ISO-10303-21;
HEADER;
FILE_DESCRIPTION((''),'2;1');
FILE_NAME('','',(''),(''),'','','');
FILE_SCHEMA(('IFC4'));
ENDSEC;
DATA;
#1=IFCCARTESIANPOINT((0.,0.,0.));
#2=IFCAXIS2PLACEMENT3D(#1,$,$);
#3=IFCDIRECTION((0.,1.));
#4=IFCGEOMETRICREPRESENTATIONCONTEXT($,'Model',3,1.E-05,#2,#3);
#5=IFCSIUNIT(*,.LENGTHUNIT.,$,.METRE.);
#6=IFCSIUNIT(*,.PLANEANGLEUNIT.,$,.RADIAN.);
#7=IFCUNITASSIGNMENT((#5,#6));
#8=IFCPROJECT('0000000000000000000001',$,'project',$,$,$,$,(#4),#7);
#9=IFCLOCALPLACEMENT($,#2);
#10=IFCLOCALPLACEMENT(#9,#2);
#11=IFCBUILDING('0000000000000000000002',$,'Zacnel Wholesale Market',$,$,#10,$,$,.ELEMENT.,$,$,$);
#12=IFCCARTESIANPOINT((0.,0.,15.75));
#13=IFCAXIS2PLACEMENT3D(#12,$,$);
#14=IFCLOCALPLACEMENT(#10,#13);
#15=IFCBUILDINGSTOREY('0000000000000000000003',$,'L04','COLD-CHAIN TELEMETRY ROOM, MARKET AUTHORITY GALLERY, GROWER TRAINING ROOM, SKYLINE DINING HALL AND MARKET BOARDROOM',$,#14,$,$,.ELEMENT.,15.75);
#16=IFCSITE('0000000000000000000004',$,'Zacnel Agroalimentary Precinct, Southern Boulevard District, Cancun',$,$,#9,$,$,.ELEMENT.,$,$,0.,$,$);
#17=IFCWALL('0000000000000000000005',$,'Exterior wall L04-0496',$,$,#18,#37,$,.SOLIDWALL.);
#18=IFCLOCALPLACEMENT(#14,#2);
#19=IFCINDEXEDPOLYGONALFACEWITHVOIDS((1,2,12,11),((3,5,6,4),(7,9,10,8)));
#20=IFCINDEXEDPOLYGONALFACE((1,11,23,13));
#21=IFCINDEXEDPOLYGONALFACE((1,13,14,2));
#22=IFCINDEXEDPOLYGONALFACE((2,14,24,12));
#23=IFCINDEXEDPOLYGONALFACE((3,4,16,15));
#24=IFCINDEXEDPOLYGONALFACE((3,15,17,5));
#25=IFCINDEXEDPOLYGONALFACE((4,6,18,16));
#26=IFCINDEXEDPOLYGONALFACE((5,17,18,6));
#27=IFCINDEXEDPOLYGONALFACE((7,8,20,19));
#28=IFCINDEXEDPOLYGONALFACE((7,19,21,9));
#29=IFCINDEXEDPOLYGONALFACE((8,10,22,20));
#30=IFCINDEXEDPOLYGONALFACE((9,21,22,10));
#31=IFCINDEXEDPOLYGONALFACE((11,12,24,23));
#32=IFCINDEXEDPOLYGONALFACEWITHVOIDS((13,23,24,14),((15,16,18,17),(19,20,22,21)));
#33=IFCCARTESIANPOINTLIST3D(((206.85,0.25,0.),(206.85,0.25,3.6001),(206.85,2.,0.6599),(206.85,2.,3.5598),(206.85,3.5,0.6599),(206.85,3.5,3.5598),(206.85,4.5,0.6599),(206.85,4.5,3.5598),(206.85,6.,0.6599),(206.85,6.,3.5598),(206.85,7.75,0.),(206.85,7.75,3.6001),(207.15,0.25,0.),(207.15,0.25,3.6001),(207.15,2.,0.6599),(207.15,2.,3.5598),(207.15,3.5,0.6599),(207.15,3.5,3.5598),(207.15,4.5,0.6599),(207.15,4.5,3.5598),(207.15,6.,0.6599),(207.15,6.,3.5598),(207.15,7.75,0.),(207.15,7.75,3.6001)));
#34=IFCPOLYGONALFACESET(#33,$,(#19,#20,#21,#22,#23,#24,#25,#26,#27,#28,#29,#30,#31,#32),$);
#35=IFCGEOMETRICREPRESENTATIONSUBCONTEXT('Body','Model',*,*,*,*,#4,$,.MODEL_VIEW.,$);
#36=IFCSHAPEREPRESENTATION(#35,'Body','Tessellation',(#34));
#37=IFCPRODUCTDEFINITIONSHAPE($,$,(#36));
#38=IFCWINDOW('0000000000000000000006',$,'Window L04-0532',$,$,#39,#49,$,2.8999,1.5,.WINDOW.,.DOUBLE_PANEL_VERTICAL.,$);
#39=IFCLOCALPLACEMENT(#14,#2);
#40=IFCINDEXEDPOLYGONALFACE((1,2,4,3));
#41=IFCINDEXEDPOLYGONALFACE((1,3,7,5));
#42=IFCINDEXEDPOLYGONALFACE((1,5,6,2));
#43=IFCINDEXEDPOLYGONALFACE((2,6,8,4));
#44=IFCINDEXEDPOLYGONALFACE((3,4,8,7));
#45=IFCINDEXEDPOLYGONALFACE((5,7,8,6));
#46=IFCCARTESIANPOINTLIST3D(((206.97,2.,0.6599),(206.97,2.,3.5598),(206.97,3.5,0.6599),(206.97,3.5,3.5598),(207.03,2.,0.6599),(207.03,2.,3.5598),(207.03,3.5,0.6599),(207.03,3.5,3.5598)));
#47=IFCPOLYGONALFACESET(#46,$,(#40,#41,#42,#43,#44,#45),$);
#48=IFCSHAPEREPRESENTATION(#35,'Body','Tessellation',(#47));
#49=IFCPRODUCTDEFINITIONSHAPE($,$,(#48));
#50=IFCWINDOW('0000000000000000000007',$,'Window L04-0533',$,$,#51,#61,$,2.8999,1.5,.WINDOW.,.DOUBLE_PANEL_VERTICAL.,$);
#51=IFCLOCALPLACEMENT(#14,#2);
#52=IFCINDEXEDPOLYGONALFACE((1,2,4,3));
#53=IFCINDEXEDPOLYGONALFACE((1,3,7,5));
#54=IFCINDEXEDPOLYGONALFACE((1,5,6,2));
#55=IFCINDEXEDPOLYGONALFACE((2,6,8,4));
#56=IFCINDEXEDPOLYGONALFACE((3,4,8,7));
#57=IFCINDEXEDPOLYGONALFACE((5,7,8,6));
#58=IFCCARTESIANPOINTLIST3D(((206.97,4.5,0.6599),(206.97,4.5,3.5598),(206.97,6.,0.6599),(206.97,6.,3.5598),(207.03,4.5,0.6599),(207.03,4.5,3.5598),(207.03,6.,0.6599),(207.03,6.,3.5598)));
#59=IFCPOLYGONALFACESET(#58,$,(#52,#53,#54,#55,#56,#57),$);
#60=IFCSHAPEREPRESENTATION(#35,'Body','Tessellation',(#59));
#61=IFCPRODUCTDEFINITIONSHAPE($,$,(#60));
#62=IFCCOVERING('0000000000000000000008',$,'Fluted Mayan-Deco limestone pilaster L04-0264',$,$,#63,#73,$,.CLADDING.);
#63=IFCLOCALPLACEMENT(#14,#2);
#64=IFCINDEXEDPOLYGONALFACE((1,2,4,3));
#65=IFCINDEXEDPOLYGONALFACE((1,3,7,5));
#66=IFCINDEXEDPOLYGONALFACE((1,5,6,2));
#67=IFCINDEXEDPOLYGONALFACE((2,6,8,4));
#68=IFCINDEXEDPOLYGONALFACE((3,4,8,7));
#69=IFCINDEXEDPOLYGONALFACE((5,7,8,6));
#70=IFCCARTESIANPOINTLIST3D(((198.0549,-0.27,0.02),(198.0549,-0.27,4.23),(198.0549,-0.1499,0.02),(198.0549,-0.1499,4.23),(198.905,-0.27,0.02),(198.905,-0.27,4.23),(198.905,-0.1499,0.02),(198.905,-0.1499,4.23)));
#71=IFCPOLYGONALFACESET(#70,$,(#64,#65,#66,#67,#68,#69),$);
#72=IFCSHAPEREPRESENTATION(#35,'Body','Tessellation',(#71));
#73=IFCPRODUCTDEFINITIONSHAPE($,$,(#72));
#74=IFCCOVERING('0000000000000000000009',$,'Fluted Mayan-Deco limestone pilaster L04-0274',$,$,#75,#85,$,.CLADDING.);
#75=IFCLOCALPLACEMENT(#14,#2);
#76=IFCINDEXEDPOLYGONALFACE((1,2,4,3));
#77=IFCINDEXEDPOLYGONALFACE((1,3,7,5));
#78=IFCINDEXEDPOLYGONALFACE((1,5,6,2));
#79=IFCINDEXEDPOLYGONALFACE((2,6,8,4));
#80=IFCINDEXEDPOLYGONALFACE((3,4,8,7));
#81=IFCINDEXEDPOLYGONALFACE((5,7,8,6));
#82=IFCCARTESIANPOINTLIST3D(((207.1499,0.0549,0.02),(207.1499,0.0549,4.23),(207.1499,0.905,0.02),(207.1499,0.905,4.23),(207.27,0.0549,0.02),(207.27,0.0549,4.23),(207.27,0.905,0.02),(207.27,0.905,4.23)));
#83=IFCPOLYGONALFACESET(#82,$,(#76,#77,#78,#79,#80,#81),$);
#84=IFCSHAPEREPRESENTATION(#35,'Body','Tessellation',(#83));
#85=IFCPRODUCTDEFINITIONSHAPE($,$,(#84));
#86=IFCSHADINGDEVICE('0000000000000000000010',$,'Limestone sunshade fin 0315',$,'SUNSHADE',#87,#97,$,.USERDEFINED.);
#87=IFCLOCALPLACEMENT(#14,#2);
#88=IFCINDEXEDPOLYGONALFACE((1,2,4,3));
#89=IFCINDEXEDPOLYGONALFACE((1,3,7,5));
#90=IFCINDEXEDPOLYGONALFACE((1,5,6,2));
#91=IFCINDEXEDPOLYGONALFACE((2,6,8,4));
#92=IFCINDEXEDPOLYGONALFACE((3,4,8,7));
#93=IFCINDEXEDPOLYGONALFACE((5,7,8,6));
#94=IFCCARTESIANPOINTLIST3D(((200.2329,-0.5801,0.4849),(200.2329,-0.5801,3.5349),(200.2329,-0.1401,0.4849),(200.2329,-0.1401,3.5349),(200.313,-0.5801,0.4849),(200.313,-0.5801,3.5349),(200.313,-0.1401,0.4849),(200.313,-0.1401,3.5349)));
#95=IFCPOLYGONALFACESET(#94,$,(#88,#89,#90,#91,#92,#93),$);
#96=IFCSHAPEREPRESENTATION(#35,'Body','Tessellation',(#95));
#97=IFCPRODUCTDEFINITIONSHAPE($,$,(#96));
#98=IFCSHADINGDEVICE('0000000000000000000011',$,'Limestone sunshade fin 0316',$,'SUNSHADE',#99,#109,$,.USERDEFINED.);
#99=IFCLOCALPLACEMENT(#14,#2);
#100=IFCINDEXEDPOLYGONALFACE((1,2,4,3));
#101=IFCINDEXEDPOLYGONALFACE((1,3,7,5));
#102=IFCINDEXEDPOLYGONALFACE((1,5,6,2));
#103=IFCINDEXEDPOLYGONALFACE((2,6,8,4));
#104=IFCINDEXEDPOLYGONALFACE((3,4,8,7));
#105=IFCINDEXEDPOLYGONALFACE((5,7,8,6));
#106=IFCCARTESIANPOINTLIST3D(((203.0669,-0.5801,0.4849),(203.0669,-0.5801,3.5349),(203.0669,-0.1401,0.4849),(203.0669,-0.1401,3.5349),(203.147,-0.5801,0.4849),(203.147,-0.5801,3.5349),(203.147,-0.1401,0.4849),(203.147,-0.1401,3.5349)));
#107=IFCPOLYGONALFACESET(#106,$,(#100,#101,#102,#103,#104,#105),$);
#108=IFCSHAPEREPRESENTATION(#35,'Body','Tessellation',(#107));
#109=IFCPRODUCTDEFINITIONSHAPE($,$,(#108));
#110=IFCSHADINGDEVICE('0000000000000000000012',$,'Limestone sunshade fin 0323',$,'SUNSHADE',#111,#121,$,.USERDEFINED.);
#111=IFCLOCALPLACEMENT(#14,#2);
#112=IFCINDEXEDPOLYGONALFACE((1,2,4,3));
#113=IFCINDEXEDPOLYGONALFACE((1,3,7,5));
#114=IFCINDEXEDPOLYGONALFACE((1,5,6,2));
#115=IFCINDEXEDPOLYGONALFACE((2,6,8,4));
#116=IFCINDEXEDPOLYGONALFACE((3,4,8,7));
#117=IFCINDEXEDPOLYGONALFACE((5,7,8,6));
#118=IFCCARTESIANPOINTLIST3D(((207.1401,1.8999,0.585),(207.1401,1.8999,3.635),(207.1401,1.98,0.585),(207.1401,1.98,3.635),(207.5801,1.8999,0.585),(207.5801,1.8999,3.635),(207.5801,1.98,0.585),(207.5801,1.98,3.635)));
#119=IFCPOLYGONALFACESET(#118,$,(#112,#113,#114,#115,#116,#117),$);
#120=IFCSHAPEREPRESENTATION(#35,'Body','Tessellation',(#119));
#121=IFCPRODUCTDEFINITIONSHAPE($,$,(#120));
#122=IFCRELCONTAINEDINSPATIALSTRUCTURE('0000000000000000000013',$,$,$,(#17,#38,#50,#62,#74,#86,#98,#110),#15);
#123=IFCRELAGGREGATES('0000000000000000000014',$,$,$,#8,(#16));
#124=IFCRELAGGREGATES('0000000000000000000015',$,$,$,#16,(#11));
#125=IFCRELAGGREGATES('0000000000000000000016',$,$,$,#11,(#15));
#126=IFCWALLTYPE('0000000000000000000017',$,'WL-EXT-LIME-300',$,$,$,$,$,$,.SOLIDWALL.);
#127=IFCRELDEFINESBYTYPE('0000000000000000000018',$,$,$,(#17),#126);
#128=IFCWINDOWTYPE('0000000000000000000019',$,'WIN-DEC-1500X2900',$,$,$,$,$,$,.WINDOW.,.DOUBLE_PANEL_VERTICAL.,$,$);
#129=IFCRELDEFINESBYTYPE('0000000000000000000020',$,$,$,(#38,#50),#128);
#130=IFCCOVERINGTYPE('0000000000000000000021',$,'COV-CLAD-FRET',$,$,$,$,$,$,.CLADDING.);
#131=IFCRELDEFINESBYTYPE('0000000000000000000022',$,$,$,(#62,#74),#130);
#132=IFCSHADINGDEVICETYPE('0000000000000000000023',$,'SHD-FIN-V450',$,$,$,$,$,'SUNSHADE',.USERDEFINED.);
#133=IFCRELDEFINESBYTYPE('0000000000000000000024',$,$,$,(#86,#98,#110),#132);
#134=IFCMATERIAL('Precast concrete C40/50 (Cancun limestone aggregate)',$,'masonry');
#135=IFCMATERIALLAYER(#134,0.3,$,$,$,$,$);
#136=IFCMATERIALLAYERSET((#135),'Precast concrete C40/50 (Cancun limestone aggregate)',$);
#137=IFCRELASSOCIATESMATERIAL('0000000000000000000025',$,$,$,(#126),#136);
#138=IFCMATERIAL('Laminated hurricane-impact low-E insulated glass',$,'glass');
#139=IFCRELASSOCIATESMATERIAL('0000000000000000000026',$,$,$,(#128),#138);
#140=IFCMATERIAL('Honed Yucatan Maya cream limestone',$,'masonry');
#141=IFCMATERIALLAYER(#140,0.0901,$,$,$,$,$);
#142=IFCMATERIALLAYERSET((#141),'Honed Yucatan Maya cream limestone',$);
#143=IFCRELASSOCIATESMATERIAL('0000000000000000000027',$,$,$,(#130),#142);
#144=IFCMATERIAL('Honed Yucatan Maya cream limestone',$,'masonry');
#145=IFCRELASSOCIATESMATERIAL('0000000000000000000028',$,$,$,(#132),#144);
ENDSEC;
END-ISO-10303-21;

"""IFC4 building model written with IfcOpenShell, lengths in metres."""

from ifc_helpers import new_model, si_unit, direction, frame, frame_2d, origin, origin_2d, place, context, subcontext, project, spatial, rectangle, extrude, material, layer, layer_set, type_object, element, fill, save


model = new_model("IFC4")

# Units and contexts
model_context = context("Model", 3, precision=1e-05, world=origin(), true_north=direction((0.0, 1.0)))
body_context = subcontext(model_context, "Body", "Model", "MODEL_VIEW")
ifc_project = project(units=[si_unit("LENGTHUNIT", "METRE"), si_unit("PLANEANGLEUNIT", "RADIAN")], contexts=[model_context])

# Site, building, storey
site_placement = place(None, origin())
site = spatial("IfcSite", under=ifc_project, at=site_placement, Name="Zacnel Agroalimentary Precinct, Southern Boulevard District, Cancun", CompositionType="ELEMENT", RefElevation=0.0)
building_placement = place(site_placement, origin())
building = spatial("IfcBuilding", under=site, at=building_placement, Name="Zacnel Wholesale Market", CompositionType="ELEMENT")
storey_placement = place(building_placement, frame((0.0, 0.0, 15.75)))
storey = spatial("IfcBuildingStorey", under=building, at=storey_placement, Name="L04", Description="COLD-CHAIN TELEMETRY ROOM, MARKET AUTHORITY GALLERY, GROWER TRAINING ROOM, SKYLINE DINING HALL AND MARKET BOARDROOM", CompositionType="ELEMENT", Elevation=15.75)

# Wall, openings, windows
ifc_material_1 = material(Name="Precast concrete C40/50 (Cancun limestone aggregate)", Category="masonry")
ifc_layer_1 = layer(ifc_material_1, 0.3)
ifc_layer_set_1 = layer_set([ifc_layer_1], Name="Precast concrete C40/50 (Cancun limestone aggregate)")
wall_type = type_object("IfcWallType", Name="WL-EXT-LIME-300", PredefinedType="SOLIDWALL", material=ifc_layer_set_1)
ifc_material_2 = material(Name="Laminated hurricane-impact low-E insulated glass", Category="glass")
window_type = type_object("IfcWindowType", Name="WIN-DEC-1500X2900", PartitioningType="DOUBLE_PANEL_VERTICAL", PredefinedType="WINDOW", material=ifc_material_2)
wall_1_placement = place(storey_placement, frame((207.0, 0.25, 0.0), z_axis=(0.0, 0.0, 1.0), x_axis=(0.0, 1.0, 0.0)))
wall_1 = element("IfcWall", 1, at=wall_1_placement, inside=storey, type_object=wall_type, Name="Exterior wall L04-0496", PredefinedType="SOLIDWALL", context=body_context, shape_type="SweptSolid", body=[
    extrude(rectangle(XDim=7.5, YDim=0.3, at=frame_2d((3.75, 0.0))), origin(), (0.0, 0.0, 1.0), 3.6001),
])
opening_1_placement = place(wall_1_placement, frame((1.75, 0.0, 0.6599)))
opening_1 = element("IfcOpeningElement", 2, at=opening_1_placement, cuts=wall_1, PredefinedType="OPENING", context=body_context, shape_type="SweptSolid", body=[
    extrude(rectangle(XDim=1.5, YDim=2.8999, at=frame_2d((0.75, 1.45))), frame((0.0, 0.1599, 0.0), z_axis=(0.0, -1.0, 0.0), x_axis=(1.0, 0.0, 0.0)), (0.0, 0.0, 1.0), 0.3201),
])
opening_2_placement = place(wall_1_placement, frame((4.25, 0.0, 0.6599)))
opening_2 = element("IfcOpeningElement", 3, at=opening_2_placement, cuts=wall_1, PredefinedType="OPENING", context=body_context, shape_type="SweptSolid", body=[
    extrude(rectangle(XDim=1.5, YDim=2.8999, at=frame_2d((0.75, 1.45))), frame((0.0, 0.1599, 0.0), z_axis=(0.0, -1.0, 0.0), x_axis=(1.0, 0.0, 0.0)), (0.0, 0.0, 1.0), 0.3201),
])
window_1_placement = place(opening_1_placement, origin())
window_1 = element("IfcWindow", 4, at=window_1_placement, inside=storey, type_object=window_type, Name="Window L04-0532", OverallHeight=2.8999, OverallWidth=1.5, PartitioningType="DOUBLE_PANEL_VERTICAL", PredefinedType="WINDOW", context=body_context, shape_type="SweptSolid", body=[
    extrude(rectangle(XDim=1.5, YDim=2.8999, at=frame_2d((0.75, 1.45))), frame((0.0, 0.03, 0.0), z_axis=(0.0, -1.0, 0.0), x_axis=(1.0, 0.0, 0.0)), (0.0, 0.0, 1.0), 0.0601),
])
fill(opening_1, window_1)
window_2_placement = place(opening_2_placement, origin())
window_2 = element("IfcWindow", 5, at=window_2_placement, inside=storey, type_object=window_type, Name="Window L04-0533", OverallHeight=2.8999, OverallWidth=1.5, PartitioningType="DOUBLE_PANEL_VERTICAL", PredefinedType="WINDOW", context=body_context, shape_type="SweptSolid", body=[
    extrude(rectangle(XDim=1.5, YDim=2.8999, at=frame_2d((0.75, 1.45))), frame((0.0, 0.03, 0.0), z_axis=(0.0, -1.0, 0.0), x_axis=(1.0, 0.0, 0.0)), (0.0, 0.0, 1.0), 0.0601),
])
fill(opening_2, window_2)

# Coverings
ifc_material_3 = material(Name="Honed Yucatan Maya cream limestone", Category="masonry")
ifc_layer_2 = layer(ifc_material_3, 0.0901)
ifc_layer_set_2 = layer_set([ifc_layer_2], Name="Honed Yucatan Maya cream limestone")
covering_type = type_object("IfcCoveringType", Name="COV-CLAD-FRET", PredefinedType="CLADDING", material=ifc_layer_set_2)
for number, where, z_axis, x_axis, name in (
    (6, (198.48, -0.21, 0.02), (0.0, 0.0, 1.0), (1.0, 0.0, 0.0), "Fluted Mayan-Deco limestone pilaster L04-0264"),
    (7, (207.21, 0.48, 0.02), (0.0, 0.0, 1.0), (0.0, 1.0, 0.0), "Fluted Mayan-Deco limestone pilaster L04-0274"),
):
    element("IfcCovering", number, at=place(storey_placement, frame(where, z_axis=z_axis, x_axis=x_axis)), inside=storey, type_object=covering_type, Name=name, PredefinedType="CLADDING", context=body_context, shape_type="SweptSolid", body=[
        extrude(rectangle(XDim=0.8501, YDim=0.1201, at=origin_2d()), origin(), (0.0, 0.0, 1.0), 4.21),
    ])

# Shading devices
ifc_material_4 = material(Name="Honed Yucatan Maya cream limestone", Category="masonry")
shading_device_type = type_object("IfcShadingDeviceType", Name="SHD-FIN-V450", ElementType="SUNSHADE", PredefinedType="USERDEFINED", material=ifc_material_4)
for number, where, z_axis, x_axis, name in (
    (8, (200.2729, -0.3601, 0.4849), (0.0, 0.0, 1.0), (1.0, 0.0, 0.0), "Limestone sunshade fin 0315"),
    (9, (203.1069, -0.3601, 0.4849), (0.0, 0.0, 1.0), (1.0, 0.0, 0.0), "Limestone sunshade fin 0316"),
    (10, (207.3601, 1.9399, 0.585), (0.0, 0.0, 1.0), (0.0, 1.0, 0.0), "Limestone sunshade fin 0323"),
):
    element("IfcShadingDevice", number, at=place(storey_placement, frame(where, z_axis=z_axis, x_axis=x_axis)), inside=storey, type_object=shading_device_type, Name=name, ObjectType="SUNSHADE", PredefinedType="USERDEFINED", context=body_context, shape_type="SweptSolid", body=[
        extrude(rectangle(XDim=0.0801, YDim=0.4399, at=origin_2d()), origin(), (0.0, 0.0, 1.0), 3.05),
    ])

save(model, "model.ifc")
